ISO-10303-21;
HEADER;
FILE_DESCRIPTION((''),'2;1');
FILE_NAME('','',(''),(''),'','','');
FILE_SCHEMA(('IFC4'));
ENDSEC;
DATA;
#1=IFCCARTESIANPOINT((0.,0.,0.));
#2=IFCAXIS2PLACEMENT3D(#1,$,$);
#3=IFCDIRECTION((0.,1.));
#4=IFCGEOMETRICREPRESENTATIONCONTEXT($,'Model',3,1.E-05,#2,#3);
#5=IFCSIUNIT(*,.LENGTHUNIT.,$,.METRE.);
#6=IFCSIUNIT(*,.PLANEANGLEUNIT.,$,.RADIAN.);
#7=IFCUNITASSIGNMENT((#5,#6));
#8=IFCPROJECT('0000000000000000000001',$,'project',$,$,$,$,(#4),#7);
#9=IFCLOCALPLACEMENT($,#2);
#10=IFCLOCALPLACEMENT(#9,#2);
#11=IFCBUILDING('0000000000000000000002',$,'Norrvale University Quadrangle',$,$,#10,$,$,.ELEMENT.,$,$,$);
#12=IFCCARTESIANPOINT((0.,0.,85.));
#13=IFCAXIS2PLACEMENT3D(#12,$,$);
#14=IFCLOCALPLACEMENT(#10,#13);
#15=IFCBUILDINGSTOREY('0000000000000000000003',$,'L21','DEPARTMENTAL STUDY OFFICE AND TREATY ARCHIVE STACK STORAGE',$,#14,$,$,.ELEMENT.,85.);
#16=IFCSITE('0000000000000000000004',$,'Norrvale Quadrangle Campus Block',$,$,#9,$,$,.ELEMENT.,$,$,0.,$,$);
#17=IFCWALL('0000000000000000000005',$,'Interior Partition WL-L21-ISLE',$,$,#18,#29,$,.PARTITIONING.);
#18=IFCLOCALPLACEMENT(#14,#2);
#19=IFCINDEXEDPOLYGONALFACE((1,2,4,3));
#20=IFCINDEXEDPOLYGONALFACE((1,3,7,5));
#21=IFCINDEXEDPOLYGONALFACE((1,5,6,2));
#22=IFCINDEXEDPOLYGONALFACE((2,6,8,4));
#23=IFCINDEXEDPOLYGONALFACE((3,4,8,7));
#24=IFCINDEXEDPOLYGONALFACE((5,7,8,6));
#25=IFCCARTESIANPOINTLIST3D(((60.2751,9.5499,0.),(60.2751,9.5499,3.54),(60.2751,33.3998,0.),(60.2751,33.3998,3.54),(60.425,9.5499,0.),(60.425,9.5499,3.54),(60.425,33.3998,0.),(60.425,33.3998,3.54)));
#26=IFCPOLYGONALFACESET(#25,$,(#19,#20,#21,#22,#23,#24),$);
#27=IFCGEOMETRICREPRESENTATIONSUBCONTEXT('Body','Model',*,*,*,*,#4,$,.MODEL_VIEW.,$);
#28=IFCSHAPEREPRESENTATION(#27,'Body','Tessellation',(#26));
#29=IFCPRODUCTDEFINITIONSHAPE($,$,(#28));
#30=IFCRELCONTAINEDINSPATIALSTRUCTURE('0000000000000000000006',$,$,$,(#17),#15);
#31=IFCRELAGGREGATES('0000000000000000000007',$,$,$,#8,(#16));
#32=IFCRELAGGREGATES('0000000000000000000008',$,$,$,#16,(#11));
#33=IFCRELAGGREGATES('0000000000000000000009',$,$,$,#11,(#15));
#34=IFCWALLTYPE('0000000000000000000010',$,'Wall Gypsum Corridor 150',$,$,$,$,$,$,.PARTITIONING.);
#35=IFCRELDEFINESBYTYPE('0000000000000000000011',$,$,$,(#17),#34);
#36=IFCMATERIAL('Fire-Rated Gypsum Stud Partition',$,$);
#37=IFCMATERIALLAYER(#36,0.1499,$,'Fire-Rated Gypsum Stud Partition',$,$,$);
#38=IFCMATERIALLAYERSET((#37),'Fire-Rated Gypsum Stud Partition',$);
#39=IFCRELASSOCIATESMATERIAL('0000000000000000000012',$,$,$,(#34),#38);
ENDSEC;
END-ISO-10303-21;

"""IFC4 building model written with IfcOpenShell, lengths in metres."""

from ifc_helpers import new_model, si_unit, direction, frame, frame_2d, origin, place, context, subcontext, project, spatial, rectangle, extrude, material, layer, layer_set, type_object, element, save


model = new_model("IFC4")

# Units and contexts
model_context = context("Model", 3, precision=1e-05, world=origin(), true_north=direction((0.0, 1.0)))
body_context = subcontext(model_context, "Body", "Model", "MODEL_VIEW")
ifc_project = project(units=[si_unit("LENGTHUNIT", "METRE"), si_unit("PLANEANGLEUNIT", "RADIAN")], contexts=[model_context])

# Site, building, storey
site_placement = place(None, origin())
site = spatial("IfcSite", under=ifc_project, at=site_placement, Name="Norrvale Quadrangle Campus Block", CompositionType="ELEMENT", RefElevation=0.0)
building_placement = place(site_placement, origin())
building = spatial("IfcBuilding", under=site, at=building_placement, Name="Norrvale University Quadrangle", CompositionType="ELEMENT")
storey_placement = place(building_placement, frame((0.0, 0.0, 85.0)))
storey = spatial("IfcBuildingStorey", under=building, at=storey_placement, Name="L21", Description="DEPARTMENTAL STUDY OFFICE AND TREATY ARCHIVE STACK STORAGE", CompositionType="ELEMENT", Elevation=85.0)

# Shared definitions
ifc_material_1 = material(Name="Fire-Rated Gypsum Stud Partition")
ifc_layer_1 = layer(ifc_material_1, 0.1499, Name="Fire-Rated Gypsum Stud Partition")
ifc_layer_set_1 = layer_set([ifc_layer_1], Name="Fire-Rated Gypsum Stud Partition")
wall_type_1 = type_object("IfcWallType", Name="Wall Gypsum Corridor 150", PredefinedType="PARTITIONING", material=ifc_layer_set_1)

# Wall
wall_1_placement = place(storey_placement, frame((60.3501, 9.55, 0.0), z_axis=(0.0, 0.0, 1.0), x_axis=(0.0, 1.0, 0.0)))
element("IfcWall", 1, at=wall_1_placement, inside=storey, type_object=wall_type_1, Name="Interior Partition WL-L21-ISLE", PredefinedType="PARTITIONING", context=body_context, shape_type="SweptSolid", body=[
    extrude(rectangle(XDim=23.8499, YDim=0.1499, at=frame_2d((11.9248, 0.0))), origin(), (0.0, 0.0, 1.0), 3.54),
])

save(model, "model.ifc")
